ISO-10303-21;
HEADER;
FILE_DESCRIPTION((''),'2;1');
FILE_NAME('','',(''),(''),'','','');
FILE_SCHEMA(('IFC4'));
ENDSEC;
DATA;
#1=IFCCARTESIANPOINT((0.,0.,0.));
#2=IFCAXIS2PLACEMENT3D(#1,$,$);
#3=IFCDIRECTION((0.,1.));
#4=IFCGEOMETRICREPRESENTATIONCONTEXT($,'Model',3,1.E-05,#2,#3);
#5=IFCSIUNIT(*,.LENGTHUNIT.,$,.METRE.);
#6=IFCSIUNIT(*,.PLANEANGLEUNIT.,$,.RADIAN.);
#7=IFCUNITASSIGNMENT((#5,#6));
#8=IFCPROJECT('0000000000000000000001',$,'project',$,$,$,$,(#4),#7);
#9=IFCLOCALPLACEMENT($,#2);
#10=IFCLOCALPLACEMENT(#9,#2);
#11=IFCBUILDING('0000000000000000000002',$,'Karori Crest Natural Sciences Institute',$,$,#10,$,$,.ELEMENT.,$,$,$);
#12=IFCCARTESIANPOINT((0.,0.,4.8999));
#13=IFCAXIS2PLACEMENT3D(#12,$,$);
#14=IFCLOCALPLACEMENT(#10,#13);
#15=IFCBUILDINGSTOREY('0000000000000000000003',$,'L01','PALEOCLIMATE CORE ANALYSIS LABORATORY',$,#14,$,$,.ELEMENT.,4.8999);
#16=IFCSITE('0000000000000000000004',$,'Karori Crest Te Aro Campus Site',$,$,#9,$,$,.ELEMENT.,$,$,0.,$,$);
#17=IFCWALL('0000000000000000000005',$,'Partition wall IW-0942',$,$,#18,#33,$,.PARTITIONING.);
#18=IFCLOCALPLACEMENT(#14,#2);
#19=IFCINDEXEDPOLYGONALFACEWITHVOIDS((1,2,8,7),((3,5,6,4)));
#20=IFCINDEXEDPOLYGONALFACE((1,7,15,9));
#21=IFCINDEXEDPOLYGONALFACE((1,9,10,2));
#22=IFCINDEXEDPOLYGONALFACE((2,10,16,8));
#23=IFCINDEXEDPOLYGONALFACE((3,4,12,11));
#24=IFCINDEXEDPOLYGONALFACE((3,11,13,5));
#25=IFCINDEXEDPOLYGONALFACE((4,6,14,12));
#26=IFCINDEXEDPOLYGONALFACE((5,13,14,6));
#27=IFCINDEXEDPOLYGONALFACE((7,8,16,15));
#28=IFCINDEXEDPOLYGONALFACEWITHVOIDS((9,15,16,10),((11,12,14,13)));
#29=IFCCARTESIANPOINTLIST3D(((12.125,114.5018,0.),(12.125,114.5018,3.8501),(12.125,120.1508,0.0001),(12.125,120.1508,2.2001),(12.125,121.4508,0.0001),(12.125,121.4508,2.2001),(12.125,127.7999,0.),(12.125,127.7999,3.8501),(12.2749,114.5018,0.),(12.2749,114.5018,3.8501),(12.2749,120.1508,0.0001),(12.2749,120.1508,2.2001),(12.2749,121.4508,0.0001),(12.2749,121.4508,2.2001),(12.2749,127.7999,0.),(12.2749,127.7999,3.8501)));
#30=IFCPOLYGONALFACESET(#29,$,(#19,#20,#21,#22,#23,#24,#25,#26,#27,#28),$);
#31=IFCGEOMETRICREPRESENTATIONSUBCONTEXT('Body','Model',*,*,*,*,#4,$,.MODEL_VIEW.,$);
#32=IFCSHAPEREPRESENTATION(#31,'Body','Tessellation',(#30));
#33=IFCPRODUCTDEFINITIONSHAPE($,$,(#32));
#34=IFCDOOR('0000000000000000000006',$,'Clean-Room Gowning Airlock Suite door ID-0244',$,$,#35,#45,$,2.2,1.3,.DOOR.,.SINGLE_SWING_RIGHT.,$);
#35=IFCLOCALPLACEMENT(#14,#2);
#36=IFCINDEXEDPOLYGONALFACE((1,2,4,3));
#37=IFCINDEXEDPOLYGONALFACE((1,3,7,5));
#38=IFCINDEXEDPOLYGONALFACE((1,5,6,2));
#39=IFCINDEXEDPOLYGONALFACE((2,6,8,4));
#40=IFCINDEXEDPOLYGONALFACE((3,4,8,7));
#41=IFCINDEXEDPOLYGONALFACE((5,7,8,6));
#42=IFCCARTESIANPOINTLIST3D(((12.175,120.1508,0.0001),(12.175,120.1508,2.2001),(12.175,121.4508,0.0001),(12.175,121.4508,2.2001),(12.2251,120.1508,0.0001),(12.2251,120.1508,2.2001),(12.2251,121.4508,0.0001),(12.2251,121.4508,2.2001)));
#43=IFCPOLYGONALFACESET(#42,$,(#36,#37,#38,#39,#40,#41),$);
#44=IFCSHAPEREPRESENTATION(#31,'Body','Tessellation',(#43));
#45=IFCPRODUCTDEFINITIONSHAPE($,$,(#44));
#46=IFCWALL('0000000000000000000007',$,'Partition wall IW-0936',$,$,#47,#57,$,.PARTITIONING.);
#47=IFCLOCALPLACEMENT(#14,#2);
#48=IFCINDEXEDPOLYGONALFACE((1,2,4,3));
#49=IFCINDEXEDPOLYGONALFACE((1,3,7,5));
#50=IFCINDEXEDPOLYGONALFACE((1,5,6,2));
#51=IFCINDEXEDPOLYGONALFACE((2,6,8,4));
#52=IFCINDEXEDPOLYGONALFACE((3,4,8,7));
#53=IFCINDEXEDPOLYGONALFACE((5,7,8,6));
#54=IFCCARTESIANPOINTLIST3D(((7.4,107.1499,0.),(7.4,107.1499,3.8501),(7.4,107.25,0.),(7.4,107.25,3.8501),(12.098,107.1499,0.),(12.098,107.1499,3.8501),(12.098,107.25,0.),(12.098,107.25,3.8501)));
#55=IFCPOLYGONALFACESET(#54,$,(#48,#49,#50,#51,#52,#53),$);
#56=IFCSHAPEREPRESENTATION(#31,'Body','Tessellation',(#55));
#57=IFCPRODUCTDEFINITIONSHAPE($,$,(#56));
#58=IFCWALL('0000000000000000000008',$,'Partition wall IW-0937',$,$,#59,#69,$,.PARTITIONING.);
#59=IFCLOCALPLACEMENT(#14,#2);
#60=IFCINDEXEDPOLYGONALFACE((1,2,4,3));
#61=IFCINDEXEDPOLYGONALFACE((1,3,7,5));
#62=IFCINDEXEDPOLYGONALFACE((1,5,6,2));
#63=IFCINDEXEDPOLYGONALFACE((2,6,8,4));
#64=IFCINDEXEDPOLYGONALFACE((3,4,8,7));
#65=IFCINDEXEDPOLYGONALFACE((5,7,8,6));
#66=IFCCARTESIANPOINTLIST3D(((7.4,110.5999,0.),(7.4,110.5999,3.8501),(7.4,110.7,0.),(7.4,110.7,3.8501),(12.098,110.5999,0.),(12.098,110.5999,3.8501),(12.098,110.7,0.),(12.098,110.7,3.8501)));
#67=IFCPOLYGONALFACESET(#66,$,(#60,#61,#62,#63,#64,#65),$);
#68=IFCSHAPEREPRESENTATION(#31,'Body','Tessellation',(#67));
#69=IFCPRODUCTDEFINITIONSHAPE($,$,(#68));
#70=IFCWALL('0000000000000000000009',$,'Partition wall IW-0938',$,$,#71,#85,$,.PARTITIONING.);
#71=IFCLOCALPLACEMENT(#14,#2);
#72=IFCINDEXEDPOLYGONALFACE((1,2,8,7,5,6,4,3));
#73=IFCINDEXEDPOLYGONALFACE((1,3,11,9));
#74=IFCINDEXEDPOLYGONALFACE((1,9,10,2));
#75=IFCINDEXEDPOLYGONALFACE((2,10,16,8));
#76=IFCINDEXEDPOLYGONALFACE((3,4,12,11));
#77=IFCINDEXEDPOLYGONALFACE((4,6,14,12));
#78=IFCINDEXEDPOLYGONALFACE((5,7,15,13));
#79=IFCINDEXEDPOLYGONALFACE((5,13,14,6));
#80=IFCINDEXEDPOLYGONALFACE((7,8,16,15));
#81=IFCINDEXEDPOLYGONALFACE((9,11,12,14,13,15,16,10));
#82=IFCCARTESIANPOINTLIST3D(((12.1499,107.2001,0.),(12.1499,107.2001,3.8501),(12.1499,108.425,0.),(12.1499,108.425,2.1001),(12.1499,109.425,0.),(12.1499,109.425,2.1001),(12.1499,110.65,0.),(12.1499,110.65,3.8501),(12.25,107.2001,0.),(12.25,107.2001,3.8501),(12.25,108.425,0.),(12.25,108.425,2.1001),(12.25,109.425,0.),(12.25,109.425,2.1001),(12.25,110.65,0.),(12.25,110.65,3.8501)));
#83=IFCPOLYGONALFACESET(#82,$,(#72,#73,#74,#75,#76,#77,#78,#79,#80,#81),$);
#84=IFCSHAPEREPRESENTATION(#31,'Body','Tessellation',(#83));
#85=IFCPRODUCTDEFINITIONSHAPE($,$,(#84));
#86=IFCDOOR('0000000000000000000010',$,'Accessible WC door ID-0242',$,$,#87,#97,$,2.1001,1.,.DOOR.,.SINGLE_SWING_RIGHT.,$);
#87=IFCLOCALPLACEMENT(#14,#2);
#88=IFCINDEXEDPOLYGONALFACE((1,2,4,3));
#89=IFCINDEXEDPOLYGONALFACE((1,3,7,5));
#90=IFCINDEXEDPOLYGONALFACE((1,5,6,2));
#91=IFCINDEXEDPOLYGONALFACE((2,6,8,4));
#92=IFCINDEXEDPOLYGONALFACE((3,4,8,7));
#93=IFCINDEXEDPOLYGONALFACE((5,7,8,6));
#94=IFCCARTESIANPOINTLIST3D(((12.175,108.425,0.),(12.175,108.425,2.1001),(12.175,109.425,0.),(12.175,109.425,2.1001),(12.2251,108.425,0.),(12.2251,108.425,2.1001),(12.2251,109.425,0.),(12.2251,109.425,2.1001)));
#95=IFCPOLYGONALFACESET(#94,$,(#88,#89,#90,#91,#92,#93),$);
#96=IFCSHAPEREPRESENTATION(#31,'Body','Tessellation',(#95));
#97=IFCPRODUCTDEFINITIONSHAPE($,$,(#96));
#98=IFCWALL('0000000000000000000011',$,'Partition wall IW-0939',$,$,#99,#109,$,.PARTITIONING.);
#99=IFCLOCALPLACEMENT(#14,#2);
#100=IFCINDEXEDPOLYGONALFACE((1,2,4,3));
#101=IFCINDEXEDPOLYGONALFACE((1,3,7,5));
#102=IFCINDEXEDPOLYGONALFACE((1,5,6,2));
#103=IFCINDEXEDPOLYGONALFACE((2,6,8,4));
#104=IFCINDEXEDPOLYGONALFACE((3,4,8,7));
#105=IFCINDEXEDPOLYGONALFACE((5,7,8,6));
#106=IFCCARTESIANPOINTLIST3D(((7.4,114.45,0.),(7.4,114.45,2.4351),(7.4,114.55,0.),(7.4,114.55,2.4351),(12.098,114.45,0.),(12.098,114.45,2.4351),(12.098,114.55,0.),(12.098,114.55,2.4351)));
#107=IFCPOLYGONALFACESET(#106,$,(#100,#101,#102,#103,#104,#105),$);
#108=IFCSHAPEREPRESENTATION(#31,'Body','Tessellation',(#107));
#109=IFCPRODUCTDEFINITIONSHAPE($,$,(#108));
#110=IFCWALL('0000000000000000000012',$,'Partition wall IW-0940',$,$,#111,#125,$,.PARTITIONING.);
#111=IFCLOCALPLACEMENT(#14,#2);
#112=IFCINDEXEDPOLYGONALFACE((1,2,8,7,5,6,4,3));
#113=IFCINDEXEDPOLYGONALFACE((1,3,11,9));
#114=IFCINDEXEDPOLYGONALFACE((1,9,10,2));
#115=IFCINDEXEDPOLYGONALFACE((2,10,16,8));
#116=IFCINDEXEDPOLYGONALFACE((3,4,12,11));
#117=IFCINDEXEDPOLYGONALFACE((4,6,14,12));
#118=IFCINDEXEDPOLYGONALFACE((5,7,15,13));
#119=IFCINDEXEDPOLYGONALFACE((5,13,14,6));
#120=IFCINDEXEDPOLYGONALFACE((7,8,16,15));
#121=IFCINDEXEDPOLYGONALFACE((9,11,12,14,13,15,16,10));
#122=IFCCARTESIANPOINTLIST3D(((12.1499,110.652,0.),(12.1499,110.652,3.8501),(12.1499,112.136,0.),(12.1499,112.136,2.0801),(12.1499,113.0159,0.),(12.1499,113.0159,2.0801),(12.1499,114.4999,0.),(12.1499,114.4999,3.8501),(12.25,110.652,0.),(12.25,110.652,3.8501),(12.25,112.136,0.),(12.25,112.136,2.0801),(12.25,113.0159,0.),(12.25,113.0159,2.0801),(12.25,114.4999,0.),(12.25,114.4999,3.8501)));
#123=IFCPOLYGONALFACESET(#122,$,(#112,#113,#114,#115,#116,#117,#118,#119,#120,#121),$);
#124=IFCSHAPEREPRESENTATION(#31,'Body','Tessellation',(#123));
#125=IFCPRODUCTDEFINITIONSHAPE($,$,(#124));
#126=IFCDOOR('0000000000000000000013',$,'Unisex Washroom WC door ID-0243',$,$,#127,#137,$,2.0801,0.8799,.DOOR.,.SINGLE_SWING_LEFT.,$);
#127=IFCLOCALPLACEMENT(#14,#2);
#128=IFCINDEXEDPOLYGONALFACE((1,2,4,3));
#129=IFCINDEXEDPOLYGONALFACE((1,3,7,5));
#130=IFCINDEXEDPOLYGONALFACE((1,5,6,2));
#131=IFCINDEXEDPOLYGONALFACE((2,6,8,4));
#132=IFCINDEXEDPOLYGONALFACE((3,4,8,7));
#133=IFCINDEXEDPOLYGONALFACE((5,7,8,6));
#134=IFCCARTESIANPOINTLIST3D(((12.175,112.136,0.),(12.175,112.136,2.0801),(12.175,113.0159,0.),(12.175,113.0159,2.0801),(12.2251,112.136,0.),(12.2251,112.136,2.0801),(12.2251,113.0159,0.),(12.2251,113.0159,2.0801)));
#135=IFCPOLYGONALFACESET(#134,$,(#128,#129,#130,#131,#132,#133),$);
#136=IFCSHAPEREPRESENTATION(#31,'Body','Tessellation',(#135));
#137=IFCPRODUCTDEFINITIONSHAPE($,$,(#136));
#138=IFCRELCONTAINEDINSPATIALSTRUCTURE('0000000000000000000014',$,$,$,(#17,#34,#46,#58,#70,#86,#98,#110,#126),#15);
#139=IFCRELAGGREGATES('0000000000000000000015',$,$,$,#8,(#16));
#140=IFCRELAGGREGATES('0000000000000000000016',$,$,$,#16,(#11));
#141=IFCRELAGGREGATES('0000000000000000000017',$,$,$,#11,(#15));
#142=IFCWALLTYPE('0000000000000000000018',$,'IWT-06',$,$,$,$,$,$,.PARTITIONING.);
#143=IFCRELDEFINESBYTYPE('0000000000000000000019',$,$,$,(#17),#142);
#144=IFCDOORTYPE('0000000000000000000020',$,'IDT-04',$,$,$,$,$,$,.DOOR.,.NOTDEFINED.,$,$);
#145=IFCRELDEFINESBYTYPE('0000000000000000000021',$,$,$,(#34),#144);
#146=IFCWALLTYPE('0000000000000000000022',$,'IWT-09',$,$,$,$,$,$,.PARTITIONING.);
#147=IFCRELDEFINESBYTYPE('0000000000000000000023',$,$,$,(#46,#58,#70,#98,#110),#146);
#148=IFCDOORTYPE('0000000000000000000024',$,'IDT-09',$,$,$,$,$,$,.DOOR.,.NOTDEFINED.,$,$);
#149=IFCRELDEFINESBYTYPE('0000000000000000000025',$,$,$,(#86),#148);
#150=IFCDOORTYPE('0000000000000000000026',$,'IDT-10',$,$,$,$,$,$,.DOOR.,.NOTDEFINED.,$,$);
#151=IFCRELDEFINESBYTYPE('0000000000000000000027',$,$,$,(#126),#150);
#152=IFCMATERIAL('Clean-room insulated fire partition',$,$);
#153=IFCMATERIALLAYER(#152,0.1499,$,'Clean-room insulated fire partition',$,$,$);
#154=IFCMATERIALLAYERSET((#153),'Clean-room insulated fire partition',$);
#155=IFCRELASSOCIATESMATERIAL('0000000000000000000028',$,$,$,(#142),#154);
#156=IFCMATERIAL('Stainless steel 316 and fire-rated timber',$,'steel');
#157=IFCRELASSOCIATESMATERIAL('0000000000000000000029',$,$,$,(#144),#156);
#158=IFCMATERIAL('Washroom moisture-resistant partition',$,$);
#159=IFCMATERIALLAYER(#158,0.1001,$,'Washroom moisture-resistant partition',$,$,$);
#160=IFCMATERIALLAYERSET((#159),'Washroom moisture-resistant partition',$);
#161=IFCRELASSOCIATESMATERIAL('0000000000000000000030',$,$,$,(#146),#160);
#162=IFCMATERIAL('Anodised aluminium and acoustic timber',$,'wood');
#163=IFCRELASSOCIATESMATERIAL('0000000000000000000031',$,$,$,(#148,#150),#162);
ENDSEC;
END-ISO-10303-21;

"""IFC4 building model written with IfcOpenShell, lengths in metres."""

from ifc_helpers import new_model, si_unit, direction, frame, frame_2d, origin, place, context, subcontext, project, spatial, rectangle, extrude, material, layer, layer_set, type_object, element, fill, save


model = new_model("IFC4")

# Units and contexts
model_context = context("Model", 3, precision=1e-05, world=origin(), true_north=direction((0.0, 1.0)))
body_context = subcontext(model_context, "Body", "Model", "MODEL_VIEW")
ifc_project = project(units=[si_unit("LENGTHUNIT", "METRE"), si_unit("PLANEANGLEUNIT", "RADIAN")], contexts=[model_context])

# Site, building, storey
site_placement = place(None, origin())
site = spatial("IfcSite", under=ifc_project, at=site_placement, Name="Karori Crest Te Aro Campus Site", CompositionType="ELEMENT", RefElevation=0.0)
building_placement = place(site_placement, origin())
building = spatial("IfcBuilding", under=site, at=building_placement, Name="Karori Crest Natural Sciences Institute", CompositionType="ELEMENT")
storey_placement = place(building_placement, frame((0.0, 0.0, 4.8999)))
storey = spatial("IfcBuildingStorey", under=building, at=storey_placement, Name="L01", Description="PALEOCLIMATE CORE ANALYSIS LABORATORY", CompositionType="ELEMENT", Elevation=4.8999)

# Wall, opening, door
ifc_material_1 = material(Name="Stainless steel 316 and fire-rated timber", Category="steel")
ifc_material_2 = material(Name="Clean-room insulated fire partition")
ifc_layer_1 = layer(ifc_material_2, 0.1499, Name="Clean-room insulated fire partition")
ifc_layer_set_1 = layer_set([ifc_layer_1], Name="Clean-room insulated fire partition")
wall_type_1 = type_object("IfcWallType", Name="IWT-06", PredefinedType="PARTITIONING", material=ifc_layer_set_1)
wall_1_placement = place(storey_placement, frame((12.2, 114.502, 0.0), z_axis=(0.0, 0.0, 1.0), x_axis=(0.0, 1.0, 0.0)))
wall_1 = element("IfcWall", 1, at=wall_1_placement, inside=storey, type_object=wall_type_1, Name="Partition wall IW-0942", PredefinedType="PARTITIONING", context=body_context, shape_type="SweptSolid", body=[
    extrude(rectangle(XDim=13.2981, YDim=0.1499, at=frame_2d((6.6489, 0.0))), origin(), (0.0, 0.0, 1.0), 3.8501),
])
opening_1_placement = place(wall_1_placement, frame((5.6489, 0.0, 0.0)))
opening_1 = element("IfcOpeningElement", 2, at=opening_1_placement, cuts=wall_1, PredefinedType="OPENING", context=body_context, shape_type="SweptSolid", body=[
    extrude(rectangle(XDim=1.3, YDim=2.2, at=frame_2d((0.6499, 1.1001))), frame((0.0, 0.085, 0.0), z_axis=(0.0, -1.0, 0.0), x_axis=(1.0, 0.0, 0.0)), (0.0, 0.0, 1.0), 0.1699),
])
door_type_1 = type_object("IfcDoorType", Name="IDT-04", OperationType="NOTDEFINED", PredefinedType="DOOR", material=ifc_material_1)
door_1_placement = place(opening_1_placement, origin())
door_1 = element("IfcDoor", 3, at=door_1_placement, inside=storey, type_object=door_type_1, Name="Clean-Room Gowning Airlock Suite door ID-0244", OperationType="SINGLE_SWING_RIGHT", OverallHeight=2.2, OverallWidth=1.3, PredefinedType="DOOR", context=body_context, shape_type="SweptSolid", body=[
    extrude(rectangle(XDim=1.3, YDim=2.2, at=frame_2d((0.6499, 1.1001))), frame((0.0, 0.0249, 0.0), z_axis=(0.0, -1.0, 0.0), x_axis=(1.0, 0.0, 0.0)), (0.0, 0.0, 1.0), 0.05),
])
fill(opening_1, door_1)

# Walls
ifc_material_3 = material(Name="Washroom moisture-resistant partition")
ifc_layer_2 = layer(ifc_material_3, 0.1001, Name="Washroom moisture-resistant partition")
ifc_layer_set_2 = layer_set([ifc_layer_2], Name="Washroom moisture-resistant partition")
wall_type_2 = type_object("IfcWallType", Name="IWT-09", PredefinedType="PARTITIONING", material=ifc_layer_set_2)
for number, where, z_axis, x_axis, name in (
    (4, (7.3999, 107.2, 0.0), (0.0, 0.0, 1.0), (1.0, 0.0, 0.0), "Partition wall IW-0936"),
    (5, (7.3999, 110.6499, 0.0), (0.0, 0.0, 1.0), (1.0, 0.0, 0.0), "Partition wall IW-0937"),
):
    element("IfcWall", number, at=place(storey_placement, frame(where, z_axis=z_axis, x_axis=x_axis)), inside=storey, type_object=wall_type_2, Name=name, PredefinedType="PARTITIONING", context=body_context, shape_type="SweptSolid", body=[
        extrude(rectangle(XDim=4.698, YDim=0.1001, at=frame_2d((2.3491, 0.0))), origin(), (0.0, 0.0, 1.0), 3.8501),
    ])

# Wall, opening, door
wall_2_placement = place(storey_placement, frame((12.2, 107.2, 0.0), z_axis=(0.0, 0.0, 1.0), x_axis=(0.0, 1.0, 0.0)))
wall_2 = element("IfcWall", 6, at=wall_2_placement, inside=storey, type_object=wall_type_2, Name="Partition wall IW-0938", PredefinedType="PARTITIONING", context=body_context, shape_type="SweptSolid", body=[
    extrude(rectangle(XDim=3.45, YDim=0.1001, at=frame_2d((1.7251, 0.0))), origin(), (0.0, 0.0, 1.0), 3.8501),
])
opening_2_placement = place(wall_2_placement, frame((1.2251, 0.0, 0.0)))
opening_2 = element("IfcOpeningElement", 7, at=opening_2_placement, cuts=wall_2, PredefinedType="OPENING", context=body_context, shape_type="SweptSolid", body=[
    extrude(rectangle(XDim=1.0, YDim=2.1001, at=frame_2d((0.5, 1.05))), frame((0.0, 0.0601, 0.0), z_axis=(0.0, -1.0, 0.0), x_axis=(1.0, 0.0, 0.0)), (0.0, 0.0, 1.0), 0.1201),
])
ifc_material_4 = material(Name="Anodised aluminium and acoustic timber", Category="wood")
door_type_2 = type_object("IfcDoorType", Name="IDT-09", OperationType="NOTDEFINED", PredefinedType="DOOR", material=ifc_material_4)
door_2_placement = place(opening_2_placement, origin())
door_2 = element("IfcDoor", 8, at=door_2_placement, inside=storey, type_object=door_type_2, Name="Accessible WC door ID-0242", OperationType="SINGLE_SWING_RIGHT", OverallHeight=2.1001, OverallWidth=1.0, PredefinedType="DOOR", context=body_context, shape_type="SweptSolid", body=[
    extrude(rectangle(XDim=1.0, YDim=2.1001, at=frame_2d((0.5, 1.05))), frame((0.0, 0.0249, 0.0), z_axis=(0.0, -1.0, 0.0), x_axis=(1.0, 0.0, 0.0)), (0.0, 0.0, 1.0), 0.05),
])
fill(opening_2, door_2)

# Wall
wall_3_placement = place(storey_placement, frame((7.3999, 114.5, 0.0), z_axis=(0.0, 0.0, 1.0), x_axis=(1.0, 0.0, 0.0)))
element("IfcWall", 9, at=wall_3_placement, inside=storey, type_object=wall_type_2, Name="Partition wall IW-0939", PredefinedType="PARTITIONING", context=body_context, shape_type="SweptSolid", body=[
    extrude(rectangle(XDim=4.698, YDim=0.1001, at=frame_2d((2.3491, 0.0))), origin(), (0.0, 0.0, 1.0), 2.4351),
])

# Wall, opening, door
wall_4_placement = place(storey_placement, frame((12.2, 110.6521, 0.0), z_axis=(0.0, 0.0, 1.0), x_axis=(0.0, 1.0, 0.0)))
wall_4 = element("IfcWall", 10, at=wall_4_placement, inside=storey, type_object=wall_type_2, Name="Partition wall IW-0940", PredefinedType="PARTITIONING", context=body_context, shape_type="SweptSolid", body=[
    extrude(rectangle(XDim=3.8479, YDim=0.1001, at=frame_2d((1.9238, 0.0))), origin(), (0.0, 0.0, 1.0), 3.8501),
])
opening_3_placement = place(wall_4_placement, frame((1.4839, 0.0, 0.0)))
opening_3 = element("IfcOpeningElement", 11, at=opening_3_placement, cuts=wall_4, PredefinedType="OPENING", context=body_context, shape_type="SweptSolid", body=[
    extrude(rectangle(XDim=0.8799, YDim=2.0801, at=frame_2d((0.4399, 1.04))), frame((0.0, 0.0601, 0.0), z_axis=(0.0, -1.0, 0.0), x_axis=(1.0, 0.0, 0.0)), (0.0, 0.0, 1.0), 0.1201),
])
door_type_3 = type_object("IfcDoorType", Name="IDT-10", OperationType="NOTDEFINED", PredefinedType="DOOR", material=ifc_material_4)
door_3_placement = place(opening_3_placement, origin())
door_3 = element("IfcDoor", 12, at=door_3_placement, inside=storey, type_object=door_type_3, Name="Unisex Washroom WC door ID-0243", OperationType="SINGLE_SWING_LEFT", OverallHeight=2.0801, OverallWidth=0.8799, PredefinedType="DOOR", context=body_context, shape_type="SweptSolid", body=[
    extrude(rectangle(XDim=0.8799, YDim=2.0801, at=frame_2d((0.4399, 1.04))), frame((0.0, 0.0249, 0.0), z_axis=(0.0, -1.0, 0.0), x_axis=(1.0, 0.0, 0.0)), (0.0, 0.0, 1.0), 0.05),
])
fill(opening_3, door_3)

save(model, "model.ifc")
